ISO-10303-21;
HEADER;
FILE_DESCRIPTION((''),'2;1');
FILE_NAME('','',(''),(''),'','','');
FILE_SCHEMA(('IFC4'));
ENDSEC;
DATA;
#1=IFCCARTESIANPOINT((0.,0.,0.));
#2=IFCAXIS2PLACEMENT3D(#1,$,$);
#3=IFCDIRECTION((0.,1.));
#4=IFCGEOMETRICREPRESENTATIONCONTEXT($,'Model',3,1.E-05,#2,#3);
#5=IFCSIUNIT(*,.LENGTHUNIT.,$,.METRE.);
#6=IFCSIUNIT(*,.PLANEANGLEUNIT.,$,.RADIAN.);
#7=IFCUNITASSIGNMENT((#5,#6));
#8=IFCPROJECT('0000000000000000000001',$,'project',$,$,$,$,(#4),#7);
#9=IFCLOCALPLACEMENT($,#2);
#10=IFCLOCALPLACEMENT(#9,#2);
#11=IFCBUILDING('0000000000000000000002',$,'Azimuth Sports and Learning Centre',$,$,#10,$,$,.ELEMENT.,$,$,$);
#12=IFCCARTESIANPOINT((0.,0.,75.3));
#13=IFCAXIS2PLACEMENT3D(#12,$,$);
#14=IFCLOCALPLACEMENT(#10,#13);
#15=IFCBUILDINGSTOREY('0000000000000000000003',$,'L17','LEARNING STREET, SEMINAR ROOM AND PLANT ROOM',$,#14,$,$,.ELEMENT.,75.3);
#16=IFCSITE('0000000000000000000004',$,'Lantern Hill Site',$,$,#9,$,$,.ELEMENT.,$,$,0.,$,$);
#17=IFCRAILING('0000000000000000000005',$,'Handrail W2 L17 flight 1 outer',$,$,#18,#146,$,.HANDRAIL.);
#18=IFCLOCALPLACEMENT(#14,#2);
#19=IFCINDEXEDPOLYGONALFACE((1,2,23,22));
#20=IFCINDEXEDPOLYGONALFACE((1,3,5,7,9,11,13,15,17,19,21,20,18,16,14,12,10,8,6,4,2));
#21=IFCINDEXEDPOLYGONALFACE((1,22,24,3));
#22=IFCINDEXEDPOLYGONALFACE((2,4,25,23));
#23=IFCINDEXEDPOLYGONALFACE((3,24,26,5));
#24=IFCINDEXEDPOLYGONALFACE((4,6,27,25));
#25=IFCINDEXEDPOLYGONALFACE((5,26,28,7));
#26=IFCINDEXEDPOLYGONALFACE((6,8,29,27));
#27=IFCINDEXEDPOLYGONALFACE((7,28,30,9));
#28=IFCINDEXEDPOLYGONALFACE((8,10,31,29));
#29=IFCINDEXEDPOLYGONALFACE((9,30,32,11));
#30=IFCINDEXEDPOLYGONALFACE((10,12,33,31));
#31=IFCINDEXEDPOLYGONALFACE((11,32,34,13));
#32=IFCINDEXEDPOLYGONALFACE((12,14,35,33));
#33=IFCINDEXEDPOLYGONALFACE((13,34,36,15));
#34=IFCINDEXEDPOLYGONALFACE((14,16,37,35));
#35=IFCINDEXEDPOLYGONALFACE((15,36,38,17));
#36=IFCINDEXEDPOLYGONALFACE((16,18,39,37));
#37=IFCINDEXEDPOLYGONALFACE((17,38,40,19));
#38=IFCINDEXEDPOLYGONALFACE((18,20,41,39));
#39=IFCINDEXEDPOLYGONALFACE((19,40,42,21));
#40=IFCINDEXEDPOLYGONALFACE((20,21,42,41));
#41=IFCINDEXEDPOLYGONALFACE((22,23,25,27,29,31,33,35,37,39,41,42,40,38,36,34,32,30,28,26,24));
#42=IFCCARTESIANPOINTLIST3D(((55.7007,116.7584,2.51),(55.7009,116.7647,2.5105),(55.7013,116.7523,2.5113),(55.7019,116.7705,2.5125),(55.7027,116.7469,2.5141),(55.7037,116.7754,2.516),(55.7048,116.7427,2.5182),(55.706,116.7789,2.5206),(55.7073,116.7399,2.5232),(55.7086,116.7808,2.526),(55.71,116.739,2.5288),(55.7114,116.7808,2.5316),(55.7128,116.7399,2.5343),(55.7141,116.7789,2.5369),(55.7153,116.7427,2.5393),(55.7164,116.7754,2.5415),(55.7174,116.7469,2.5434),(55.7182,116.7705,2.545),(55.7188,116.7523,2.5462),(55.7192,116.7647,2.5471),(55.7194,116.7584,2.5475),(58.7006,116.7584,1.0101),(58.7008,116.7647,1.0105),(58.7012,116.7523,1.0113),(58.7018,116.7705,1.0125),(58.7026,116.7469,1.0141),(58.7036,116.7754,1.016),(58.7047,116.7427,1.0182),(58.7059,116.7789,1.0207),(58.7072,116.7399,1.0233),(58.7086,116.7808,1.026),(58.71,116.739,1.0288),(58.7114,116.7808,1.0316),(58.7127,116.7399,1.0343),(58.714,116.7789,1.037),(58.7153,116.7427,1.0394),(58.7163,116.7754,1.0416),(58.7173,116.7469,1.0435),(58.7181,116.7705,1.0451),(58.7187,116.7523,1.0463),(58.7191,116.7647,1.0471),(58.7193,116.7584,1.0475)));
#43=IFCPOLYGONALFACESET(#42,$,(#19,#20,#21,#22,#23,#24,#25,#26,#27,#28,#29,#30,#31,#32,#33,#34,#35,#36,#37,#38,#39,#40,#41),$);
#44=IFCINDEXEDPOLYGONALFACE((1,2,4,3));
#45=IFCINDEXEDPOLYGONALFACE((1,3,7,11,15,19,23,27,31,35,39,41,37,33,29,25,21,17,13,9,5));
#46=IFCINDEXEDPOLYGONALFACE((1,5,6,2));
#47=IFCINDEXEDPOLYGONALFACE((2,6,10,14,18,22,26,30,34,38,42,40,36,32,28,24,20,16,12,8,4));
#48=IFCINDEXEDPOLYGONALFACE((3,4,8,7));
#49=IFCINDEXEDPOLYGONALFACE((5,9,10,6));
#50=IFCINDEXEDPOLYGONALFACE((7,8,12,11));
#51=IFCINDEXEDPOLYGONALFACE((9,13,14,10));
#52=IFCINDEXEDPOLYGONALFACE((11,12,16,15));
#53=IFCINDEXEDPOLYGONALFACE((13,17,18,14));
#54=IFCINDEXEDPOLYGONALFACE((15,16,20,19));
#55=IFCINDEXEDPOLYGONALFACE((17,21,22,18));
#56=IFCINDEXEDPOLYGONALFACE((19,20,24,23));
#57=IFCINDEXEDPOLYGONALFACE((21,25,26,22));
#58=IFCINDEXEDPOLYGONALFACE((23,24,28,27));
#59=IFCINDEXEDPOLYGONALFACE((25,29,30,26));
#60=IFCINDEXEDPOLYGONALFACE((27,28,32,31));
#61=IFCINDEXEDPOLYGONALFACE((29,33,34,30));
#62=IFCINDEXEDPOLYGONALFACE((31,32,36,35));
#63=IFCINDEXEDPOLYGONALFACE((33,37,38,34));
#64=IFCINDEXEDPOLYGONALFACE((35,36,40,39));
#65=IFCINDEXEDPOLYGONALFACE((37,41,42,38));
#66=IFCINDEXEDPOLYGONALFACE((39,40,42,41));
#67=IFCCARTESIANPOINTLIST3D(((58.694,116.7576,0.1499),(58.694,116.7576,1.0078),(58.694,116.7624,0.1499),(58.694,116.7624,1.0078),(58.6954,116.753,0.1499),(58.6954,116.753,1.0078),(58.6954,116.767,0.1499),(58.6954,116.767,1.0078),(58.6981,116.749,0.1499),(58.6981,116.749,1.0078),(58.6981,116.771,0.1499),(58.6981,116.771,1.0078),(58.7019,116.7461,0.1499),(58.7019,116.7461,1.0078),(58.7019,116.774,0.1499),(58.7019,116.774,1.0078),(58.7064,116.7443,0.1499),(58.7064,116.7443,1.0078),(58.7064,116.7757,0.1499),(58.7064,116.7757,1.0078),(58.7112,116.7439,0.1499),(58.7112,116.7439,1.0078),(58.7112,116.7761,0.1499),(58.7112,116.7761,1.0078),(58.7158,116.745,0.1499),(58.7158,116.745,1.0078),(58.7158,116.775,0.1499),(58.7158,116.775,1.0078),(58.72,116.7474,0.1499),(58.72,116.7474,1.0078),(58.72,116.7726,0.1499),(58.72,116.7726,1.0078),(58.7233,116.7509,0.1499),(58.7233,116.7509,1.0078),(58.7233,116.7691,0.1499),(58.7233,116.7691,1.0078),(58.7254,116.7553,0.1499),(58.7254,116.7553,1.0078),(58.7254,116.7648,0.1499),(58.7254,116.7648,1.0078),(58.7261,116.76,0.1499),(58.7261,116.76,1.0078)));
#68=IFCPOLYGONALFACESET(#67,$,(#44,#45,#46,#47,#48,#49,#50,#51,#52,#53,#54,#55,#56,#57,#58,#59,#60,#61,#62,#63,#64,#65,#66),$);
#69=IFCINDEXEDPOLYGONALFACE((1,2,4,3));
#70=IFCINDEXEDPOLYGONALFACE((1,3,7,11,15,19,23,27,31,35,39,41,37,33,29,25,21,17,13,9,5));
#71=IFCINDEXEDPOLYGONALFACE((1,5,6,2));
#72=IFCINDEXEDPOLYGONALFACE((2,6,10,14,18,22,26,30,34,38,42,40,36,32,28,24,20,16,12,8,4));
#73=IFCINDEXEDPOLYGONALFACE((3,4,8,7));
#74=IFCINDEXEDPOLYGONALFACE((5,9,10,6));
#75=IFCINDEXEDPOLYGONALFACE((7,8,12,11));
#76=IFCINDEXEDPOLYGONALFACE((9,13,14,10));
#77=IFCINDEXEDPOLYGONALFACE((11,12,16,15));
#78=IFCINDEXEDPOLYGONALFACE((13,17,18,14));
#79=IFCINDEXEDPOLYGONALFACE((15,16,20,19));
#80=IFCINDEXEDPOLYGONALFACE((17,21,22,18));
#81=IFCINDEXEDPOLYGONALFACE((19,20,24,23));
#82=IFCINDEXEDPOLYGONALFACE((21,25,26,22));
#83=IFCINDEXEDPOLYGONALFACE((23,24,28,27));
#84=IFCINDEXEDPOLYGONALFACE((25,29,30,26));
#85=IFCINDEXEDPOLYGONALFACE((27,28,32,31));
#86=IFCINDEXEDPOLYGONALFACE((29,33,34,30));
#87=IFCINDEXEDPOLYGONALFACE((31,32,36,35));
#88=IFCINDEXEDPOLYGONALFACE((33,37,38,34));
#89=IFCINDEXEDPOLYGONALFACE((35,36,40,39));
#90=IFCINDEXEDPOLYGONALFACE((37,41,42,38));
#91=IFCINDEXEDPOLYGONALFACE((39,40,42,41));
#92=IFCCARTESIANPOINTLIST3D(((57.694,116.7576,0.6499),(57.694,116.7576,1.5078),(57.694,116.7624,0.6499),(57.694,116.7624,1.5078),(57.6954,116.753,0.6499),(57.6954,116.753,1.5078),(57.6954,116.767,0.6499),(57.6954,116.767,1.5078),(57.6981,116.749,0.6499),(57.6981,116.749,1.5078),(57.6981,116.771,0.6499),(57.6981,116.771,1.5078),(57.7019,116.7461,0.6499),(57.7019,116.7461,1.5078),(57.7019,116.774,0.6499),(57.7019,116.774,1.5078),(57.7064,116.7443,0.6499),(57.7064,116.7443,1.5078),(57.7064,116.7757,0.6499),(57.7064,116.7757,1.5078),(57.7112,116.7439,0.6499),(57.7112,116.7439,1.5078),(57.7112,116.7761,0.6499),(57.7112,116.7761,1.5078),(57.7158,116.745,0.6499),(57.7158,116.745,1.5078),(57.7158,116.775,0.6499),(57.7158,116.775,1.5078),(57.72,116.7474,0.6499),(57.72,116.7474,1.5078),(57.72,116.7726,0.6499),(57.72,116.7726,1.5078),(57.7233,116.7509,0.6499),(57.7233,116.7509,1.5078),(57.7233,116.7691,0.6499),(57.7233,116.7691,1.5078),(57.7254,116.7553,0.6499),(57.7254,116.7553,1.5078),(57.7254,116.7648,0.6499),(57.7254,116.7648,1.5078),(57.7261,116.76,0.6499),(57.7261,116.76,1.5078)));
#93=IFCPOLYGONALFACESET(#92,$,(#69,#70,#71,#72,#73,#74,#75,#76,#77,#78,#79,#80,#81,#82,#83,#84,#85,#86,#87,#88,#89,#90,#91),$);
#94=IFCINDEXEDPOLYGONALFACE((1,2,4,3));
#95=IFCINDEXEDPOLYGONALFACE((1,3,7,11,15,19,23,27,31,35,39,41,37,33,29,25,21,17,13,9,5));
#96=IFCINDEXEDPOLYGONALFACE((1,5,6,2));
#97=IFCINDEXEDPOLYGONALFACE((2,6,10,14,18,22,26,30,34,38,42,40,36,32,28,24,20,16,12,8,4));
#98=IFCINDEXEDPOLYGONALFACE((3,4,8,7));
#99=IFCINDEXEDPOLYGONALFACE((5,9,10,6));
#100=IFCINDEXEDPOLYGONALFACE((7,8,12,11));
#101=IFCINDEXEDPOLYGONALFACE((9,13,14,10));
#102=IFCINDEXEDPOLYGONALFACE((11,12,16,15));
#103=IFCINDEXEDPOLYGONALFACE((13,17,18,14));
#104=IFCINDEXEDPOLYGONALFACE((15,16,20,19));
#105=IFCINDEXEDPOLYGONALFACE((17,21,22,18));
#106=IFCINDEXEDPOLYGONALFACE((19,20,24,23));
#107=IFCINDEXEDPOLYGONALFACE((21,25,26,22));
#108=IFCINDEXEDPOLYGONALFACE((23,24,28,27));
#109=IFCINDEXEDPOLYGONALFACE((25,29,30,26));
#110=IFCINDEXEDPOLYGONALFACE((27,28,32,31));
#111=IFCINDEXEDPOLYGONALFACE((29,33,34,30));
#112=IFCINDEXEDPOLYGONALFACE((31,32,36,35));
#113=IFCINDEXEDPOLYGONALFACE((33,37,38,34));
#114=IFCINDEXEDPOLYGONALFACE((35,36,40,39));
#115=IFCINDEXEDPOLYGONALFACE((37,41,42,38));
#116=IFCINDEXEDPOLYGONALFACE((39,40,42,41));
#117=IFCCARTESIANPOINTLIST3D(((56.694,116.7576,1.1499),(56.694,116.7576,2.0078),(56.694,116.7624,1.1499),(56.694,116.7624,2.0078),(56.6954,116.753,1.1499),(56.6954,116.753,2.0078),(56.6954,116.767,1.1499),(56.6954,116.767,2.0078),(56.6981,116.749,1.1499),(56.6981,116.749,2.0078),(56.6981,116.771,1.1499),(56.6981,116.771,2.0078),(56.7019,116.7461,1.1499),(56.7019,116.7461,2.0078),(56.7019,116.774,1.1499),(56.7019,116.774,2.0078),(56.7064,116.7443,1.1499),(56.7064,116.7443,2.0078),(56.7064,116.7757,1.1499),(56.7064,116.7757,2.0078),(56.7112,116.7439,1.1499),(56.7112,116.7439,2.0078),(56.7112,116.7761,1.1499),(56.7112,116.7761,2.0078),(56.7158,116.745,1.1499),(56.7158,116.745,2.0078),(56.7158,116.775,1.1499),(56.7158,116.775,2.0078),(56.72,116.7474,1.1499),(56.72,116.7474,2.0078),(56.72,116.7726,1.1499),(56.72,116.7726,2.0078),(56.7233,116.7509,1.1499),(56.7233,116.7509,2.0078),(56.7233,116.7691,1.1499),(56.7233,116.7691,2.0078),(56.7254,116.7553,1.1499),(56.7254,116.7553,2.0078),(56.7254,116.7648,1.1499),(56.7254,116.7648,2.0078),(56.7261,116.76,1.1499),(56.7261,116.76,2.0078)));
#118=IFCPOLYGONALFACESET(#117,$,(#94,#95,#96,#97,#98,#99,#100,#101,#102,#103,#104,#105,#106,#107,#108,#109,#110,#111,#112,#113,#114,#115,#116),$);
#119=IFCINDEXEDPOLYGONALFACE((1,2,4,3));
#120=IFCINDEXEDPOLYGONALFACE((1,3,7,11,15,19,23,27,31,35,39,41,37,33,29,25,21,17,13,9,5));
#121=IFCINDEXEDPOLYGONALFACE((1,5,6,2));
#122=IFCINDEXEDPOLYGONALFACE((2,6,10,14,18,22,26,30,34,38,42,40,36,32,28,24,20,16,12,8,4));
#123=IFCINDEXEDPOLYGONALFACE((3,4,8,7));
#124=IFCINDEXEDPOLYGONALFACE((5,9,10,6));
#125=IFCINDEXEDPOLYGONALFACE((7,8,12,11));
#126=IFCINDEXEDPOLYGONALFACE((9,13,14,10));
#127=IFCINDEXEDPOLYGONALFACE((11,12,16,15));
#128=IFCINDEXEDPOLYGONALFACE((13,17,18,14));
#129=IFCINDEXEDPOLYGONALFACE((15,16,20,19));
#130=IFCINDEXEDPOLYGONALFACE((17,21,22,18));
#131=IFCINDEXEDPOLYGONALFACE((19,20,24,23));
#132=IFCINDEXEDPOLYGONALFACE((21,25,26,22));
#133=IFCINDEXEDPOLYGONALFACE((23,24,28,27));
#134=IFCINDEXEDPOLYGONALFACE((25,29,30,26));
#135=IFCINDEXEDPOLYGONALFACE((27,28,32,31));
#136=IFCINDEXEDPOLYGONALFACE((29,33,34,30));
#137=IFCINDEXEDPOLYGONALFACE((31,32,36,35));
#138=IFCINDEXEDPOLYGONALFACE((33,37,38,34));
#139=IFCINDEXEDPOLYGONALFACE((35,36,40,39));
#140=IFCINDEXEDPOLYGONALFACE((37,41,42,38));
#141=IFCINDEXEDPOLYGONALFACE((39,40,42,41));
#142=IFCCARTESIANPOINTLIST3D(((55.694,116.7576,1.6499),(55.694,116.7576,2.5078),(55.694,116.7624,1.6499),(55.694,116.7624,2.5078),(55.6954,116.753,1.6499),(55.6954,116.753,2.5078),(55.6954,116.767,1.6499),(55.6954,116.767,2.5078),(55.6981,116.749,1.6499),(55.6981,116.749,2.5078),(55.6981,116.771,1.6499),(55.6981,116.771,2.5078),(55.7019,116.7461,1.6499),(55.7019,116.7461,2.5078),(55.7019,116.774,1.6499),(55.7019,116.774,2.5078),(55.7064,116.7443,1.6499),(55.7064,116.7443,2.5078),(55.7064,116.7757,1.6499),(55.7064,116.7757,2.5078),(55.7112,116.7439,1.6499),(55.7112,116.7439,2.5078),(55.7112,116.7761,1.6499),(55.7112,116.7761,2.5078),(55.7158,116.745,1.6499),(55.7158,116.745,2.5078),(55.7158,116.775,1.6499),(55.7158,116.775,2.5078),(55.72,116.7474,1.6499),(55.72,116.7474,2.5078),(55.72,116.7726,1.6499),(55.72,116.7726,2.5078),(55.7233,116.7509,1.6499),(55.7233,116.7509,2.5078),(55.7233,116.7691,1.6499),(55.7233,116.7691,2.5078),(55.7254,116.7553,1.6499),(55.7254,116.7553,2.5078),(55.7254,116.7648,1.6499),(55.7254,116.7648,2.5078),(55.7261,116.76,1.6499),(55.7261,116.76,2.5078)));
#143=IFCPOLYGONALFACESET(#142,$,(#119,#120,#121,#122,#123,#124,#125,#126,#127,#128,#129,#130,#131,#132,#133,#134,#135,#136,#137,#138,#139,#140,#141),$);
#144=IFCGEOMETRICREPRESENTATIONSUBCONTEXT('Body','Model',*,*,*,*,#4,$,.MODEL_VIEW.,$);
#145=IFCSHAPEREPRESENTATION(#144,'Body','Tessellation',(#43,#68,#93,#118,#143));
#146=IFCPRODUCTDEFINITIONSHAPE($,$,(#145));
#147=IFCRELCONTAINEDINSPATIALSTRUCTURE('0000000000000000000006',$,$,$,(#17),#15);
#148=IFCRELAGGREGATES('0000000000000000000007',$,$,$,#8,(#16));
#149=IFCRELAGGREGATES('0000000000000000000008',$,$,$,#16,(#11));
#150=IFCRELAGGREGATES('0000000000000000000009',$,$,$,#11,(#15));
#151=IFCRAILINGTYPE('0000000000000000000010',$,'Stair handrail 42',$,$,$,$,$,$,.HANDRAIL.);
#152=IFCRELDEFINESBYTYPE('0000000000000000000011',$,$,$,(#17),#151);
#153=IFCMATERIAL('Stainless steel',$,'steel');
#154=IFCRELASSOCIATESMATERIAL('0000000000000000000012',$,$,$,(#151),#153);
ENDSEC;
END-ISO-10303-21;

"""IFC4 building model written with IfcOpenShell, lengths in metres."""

from ifc_helpers import new_model, si_unit, direction, frame, origin, origin_2d, place, context, subcontext, project, spatial, circle, extrude, material, type_object, element, save


model = new_model("IFC4")

# Units and contexts
model_context = context("Model", 3, precision=1e-05, world=origin(), true_north=direction((0.0, 1.0)))
body_context = subcontext(model_context, "Body", "Model", "MODEL_VIEW")
ifc_project = project(units=[si_unit("LENGTHUNIT", "METRE"), si_unit("PLANEANGLEUNIT", "RADIAN")], contexts=[model_context])

# Site, building, storey
site_placement = place(None, origin())
site = spatial("IfcSite", under=ifc_project, at=site_placement, Name="Lantern Hill Site", CompositionType="ELEMENT", RefElevation=0.0)
building_placement = place(site_placement, origin())
building = spatial("IfcBuilding", under=site, at=building_placement, Name="Azimuth Sports and Learning Centre", CompositionType="ELEMENT")
storey_placement = place(building_placement, frame((0.0, 0.0, 75.3)))
storey = spatial("IfcBuildingStorey", under=building, at=storey_placement, Name="L17", Description="LEARNING STREET, SEMINAR ROOM AND PLANT ROOM", CompositionType="ELEMENT", Elevation=75.3)

# Railing
ifc_material_1 = material(Name="Stainless steel", Category="steel")
railing_type_1 = type_object("IfcRailingType", Name="Stair handrail 42", PredefinedType="HANDRAIL", material=ifc_material_1)
for number, where, name in (
    (1, (58.71, 116.76, 0.1499), "Handrail W2 L17 flight 1 outer"),
):
    element("IfcRailing", number, at=place(storey_placement, frame(where)), inside=storey, type_object=railing_type_1, Name=name, PredefinedType="HANDRAIL", context=body_context, shape_type="SweptSolid", body=[
        extrude(circle(Radius=0.021, at=origin_2d()), frame((0.0, 0.0, 0.8789), z_axis=(-0.894427, 0.0, 0.447214), x_axis=(0.0, -1.0, 0.0)), (0.0, 0.0, 1.0), 3.354),
        extrude(circle(Radius=0.0161, at=origin_2d()), origin(), (0.0, 0.0, 1.0), 0.8579),
        extrude(circle(Radius=0.0161, at=origin_2d()), frame((-1.0, 0.0, 0.5)), (0.0, 0.0, 1.0), 0.8579),
        extrude(circle(Radius=0.0161, at=origin_2d()), frame((-2.0, 0.0, 1.0)), (0.0, 0.0, 1.0), 0.8579),
        extrude(circle(Radius=0.0161, at=origin_2d()), frame((-3.0, 0.0, 1.5)), (0.0, 0.0, 1.0), 0.8579),
    ])

save(model, "model.ifc")
